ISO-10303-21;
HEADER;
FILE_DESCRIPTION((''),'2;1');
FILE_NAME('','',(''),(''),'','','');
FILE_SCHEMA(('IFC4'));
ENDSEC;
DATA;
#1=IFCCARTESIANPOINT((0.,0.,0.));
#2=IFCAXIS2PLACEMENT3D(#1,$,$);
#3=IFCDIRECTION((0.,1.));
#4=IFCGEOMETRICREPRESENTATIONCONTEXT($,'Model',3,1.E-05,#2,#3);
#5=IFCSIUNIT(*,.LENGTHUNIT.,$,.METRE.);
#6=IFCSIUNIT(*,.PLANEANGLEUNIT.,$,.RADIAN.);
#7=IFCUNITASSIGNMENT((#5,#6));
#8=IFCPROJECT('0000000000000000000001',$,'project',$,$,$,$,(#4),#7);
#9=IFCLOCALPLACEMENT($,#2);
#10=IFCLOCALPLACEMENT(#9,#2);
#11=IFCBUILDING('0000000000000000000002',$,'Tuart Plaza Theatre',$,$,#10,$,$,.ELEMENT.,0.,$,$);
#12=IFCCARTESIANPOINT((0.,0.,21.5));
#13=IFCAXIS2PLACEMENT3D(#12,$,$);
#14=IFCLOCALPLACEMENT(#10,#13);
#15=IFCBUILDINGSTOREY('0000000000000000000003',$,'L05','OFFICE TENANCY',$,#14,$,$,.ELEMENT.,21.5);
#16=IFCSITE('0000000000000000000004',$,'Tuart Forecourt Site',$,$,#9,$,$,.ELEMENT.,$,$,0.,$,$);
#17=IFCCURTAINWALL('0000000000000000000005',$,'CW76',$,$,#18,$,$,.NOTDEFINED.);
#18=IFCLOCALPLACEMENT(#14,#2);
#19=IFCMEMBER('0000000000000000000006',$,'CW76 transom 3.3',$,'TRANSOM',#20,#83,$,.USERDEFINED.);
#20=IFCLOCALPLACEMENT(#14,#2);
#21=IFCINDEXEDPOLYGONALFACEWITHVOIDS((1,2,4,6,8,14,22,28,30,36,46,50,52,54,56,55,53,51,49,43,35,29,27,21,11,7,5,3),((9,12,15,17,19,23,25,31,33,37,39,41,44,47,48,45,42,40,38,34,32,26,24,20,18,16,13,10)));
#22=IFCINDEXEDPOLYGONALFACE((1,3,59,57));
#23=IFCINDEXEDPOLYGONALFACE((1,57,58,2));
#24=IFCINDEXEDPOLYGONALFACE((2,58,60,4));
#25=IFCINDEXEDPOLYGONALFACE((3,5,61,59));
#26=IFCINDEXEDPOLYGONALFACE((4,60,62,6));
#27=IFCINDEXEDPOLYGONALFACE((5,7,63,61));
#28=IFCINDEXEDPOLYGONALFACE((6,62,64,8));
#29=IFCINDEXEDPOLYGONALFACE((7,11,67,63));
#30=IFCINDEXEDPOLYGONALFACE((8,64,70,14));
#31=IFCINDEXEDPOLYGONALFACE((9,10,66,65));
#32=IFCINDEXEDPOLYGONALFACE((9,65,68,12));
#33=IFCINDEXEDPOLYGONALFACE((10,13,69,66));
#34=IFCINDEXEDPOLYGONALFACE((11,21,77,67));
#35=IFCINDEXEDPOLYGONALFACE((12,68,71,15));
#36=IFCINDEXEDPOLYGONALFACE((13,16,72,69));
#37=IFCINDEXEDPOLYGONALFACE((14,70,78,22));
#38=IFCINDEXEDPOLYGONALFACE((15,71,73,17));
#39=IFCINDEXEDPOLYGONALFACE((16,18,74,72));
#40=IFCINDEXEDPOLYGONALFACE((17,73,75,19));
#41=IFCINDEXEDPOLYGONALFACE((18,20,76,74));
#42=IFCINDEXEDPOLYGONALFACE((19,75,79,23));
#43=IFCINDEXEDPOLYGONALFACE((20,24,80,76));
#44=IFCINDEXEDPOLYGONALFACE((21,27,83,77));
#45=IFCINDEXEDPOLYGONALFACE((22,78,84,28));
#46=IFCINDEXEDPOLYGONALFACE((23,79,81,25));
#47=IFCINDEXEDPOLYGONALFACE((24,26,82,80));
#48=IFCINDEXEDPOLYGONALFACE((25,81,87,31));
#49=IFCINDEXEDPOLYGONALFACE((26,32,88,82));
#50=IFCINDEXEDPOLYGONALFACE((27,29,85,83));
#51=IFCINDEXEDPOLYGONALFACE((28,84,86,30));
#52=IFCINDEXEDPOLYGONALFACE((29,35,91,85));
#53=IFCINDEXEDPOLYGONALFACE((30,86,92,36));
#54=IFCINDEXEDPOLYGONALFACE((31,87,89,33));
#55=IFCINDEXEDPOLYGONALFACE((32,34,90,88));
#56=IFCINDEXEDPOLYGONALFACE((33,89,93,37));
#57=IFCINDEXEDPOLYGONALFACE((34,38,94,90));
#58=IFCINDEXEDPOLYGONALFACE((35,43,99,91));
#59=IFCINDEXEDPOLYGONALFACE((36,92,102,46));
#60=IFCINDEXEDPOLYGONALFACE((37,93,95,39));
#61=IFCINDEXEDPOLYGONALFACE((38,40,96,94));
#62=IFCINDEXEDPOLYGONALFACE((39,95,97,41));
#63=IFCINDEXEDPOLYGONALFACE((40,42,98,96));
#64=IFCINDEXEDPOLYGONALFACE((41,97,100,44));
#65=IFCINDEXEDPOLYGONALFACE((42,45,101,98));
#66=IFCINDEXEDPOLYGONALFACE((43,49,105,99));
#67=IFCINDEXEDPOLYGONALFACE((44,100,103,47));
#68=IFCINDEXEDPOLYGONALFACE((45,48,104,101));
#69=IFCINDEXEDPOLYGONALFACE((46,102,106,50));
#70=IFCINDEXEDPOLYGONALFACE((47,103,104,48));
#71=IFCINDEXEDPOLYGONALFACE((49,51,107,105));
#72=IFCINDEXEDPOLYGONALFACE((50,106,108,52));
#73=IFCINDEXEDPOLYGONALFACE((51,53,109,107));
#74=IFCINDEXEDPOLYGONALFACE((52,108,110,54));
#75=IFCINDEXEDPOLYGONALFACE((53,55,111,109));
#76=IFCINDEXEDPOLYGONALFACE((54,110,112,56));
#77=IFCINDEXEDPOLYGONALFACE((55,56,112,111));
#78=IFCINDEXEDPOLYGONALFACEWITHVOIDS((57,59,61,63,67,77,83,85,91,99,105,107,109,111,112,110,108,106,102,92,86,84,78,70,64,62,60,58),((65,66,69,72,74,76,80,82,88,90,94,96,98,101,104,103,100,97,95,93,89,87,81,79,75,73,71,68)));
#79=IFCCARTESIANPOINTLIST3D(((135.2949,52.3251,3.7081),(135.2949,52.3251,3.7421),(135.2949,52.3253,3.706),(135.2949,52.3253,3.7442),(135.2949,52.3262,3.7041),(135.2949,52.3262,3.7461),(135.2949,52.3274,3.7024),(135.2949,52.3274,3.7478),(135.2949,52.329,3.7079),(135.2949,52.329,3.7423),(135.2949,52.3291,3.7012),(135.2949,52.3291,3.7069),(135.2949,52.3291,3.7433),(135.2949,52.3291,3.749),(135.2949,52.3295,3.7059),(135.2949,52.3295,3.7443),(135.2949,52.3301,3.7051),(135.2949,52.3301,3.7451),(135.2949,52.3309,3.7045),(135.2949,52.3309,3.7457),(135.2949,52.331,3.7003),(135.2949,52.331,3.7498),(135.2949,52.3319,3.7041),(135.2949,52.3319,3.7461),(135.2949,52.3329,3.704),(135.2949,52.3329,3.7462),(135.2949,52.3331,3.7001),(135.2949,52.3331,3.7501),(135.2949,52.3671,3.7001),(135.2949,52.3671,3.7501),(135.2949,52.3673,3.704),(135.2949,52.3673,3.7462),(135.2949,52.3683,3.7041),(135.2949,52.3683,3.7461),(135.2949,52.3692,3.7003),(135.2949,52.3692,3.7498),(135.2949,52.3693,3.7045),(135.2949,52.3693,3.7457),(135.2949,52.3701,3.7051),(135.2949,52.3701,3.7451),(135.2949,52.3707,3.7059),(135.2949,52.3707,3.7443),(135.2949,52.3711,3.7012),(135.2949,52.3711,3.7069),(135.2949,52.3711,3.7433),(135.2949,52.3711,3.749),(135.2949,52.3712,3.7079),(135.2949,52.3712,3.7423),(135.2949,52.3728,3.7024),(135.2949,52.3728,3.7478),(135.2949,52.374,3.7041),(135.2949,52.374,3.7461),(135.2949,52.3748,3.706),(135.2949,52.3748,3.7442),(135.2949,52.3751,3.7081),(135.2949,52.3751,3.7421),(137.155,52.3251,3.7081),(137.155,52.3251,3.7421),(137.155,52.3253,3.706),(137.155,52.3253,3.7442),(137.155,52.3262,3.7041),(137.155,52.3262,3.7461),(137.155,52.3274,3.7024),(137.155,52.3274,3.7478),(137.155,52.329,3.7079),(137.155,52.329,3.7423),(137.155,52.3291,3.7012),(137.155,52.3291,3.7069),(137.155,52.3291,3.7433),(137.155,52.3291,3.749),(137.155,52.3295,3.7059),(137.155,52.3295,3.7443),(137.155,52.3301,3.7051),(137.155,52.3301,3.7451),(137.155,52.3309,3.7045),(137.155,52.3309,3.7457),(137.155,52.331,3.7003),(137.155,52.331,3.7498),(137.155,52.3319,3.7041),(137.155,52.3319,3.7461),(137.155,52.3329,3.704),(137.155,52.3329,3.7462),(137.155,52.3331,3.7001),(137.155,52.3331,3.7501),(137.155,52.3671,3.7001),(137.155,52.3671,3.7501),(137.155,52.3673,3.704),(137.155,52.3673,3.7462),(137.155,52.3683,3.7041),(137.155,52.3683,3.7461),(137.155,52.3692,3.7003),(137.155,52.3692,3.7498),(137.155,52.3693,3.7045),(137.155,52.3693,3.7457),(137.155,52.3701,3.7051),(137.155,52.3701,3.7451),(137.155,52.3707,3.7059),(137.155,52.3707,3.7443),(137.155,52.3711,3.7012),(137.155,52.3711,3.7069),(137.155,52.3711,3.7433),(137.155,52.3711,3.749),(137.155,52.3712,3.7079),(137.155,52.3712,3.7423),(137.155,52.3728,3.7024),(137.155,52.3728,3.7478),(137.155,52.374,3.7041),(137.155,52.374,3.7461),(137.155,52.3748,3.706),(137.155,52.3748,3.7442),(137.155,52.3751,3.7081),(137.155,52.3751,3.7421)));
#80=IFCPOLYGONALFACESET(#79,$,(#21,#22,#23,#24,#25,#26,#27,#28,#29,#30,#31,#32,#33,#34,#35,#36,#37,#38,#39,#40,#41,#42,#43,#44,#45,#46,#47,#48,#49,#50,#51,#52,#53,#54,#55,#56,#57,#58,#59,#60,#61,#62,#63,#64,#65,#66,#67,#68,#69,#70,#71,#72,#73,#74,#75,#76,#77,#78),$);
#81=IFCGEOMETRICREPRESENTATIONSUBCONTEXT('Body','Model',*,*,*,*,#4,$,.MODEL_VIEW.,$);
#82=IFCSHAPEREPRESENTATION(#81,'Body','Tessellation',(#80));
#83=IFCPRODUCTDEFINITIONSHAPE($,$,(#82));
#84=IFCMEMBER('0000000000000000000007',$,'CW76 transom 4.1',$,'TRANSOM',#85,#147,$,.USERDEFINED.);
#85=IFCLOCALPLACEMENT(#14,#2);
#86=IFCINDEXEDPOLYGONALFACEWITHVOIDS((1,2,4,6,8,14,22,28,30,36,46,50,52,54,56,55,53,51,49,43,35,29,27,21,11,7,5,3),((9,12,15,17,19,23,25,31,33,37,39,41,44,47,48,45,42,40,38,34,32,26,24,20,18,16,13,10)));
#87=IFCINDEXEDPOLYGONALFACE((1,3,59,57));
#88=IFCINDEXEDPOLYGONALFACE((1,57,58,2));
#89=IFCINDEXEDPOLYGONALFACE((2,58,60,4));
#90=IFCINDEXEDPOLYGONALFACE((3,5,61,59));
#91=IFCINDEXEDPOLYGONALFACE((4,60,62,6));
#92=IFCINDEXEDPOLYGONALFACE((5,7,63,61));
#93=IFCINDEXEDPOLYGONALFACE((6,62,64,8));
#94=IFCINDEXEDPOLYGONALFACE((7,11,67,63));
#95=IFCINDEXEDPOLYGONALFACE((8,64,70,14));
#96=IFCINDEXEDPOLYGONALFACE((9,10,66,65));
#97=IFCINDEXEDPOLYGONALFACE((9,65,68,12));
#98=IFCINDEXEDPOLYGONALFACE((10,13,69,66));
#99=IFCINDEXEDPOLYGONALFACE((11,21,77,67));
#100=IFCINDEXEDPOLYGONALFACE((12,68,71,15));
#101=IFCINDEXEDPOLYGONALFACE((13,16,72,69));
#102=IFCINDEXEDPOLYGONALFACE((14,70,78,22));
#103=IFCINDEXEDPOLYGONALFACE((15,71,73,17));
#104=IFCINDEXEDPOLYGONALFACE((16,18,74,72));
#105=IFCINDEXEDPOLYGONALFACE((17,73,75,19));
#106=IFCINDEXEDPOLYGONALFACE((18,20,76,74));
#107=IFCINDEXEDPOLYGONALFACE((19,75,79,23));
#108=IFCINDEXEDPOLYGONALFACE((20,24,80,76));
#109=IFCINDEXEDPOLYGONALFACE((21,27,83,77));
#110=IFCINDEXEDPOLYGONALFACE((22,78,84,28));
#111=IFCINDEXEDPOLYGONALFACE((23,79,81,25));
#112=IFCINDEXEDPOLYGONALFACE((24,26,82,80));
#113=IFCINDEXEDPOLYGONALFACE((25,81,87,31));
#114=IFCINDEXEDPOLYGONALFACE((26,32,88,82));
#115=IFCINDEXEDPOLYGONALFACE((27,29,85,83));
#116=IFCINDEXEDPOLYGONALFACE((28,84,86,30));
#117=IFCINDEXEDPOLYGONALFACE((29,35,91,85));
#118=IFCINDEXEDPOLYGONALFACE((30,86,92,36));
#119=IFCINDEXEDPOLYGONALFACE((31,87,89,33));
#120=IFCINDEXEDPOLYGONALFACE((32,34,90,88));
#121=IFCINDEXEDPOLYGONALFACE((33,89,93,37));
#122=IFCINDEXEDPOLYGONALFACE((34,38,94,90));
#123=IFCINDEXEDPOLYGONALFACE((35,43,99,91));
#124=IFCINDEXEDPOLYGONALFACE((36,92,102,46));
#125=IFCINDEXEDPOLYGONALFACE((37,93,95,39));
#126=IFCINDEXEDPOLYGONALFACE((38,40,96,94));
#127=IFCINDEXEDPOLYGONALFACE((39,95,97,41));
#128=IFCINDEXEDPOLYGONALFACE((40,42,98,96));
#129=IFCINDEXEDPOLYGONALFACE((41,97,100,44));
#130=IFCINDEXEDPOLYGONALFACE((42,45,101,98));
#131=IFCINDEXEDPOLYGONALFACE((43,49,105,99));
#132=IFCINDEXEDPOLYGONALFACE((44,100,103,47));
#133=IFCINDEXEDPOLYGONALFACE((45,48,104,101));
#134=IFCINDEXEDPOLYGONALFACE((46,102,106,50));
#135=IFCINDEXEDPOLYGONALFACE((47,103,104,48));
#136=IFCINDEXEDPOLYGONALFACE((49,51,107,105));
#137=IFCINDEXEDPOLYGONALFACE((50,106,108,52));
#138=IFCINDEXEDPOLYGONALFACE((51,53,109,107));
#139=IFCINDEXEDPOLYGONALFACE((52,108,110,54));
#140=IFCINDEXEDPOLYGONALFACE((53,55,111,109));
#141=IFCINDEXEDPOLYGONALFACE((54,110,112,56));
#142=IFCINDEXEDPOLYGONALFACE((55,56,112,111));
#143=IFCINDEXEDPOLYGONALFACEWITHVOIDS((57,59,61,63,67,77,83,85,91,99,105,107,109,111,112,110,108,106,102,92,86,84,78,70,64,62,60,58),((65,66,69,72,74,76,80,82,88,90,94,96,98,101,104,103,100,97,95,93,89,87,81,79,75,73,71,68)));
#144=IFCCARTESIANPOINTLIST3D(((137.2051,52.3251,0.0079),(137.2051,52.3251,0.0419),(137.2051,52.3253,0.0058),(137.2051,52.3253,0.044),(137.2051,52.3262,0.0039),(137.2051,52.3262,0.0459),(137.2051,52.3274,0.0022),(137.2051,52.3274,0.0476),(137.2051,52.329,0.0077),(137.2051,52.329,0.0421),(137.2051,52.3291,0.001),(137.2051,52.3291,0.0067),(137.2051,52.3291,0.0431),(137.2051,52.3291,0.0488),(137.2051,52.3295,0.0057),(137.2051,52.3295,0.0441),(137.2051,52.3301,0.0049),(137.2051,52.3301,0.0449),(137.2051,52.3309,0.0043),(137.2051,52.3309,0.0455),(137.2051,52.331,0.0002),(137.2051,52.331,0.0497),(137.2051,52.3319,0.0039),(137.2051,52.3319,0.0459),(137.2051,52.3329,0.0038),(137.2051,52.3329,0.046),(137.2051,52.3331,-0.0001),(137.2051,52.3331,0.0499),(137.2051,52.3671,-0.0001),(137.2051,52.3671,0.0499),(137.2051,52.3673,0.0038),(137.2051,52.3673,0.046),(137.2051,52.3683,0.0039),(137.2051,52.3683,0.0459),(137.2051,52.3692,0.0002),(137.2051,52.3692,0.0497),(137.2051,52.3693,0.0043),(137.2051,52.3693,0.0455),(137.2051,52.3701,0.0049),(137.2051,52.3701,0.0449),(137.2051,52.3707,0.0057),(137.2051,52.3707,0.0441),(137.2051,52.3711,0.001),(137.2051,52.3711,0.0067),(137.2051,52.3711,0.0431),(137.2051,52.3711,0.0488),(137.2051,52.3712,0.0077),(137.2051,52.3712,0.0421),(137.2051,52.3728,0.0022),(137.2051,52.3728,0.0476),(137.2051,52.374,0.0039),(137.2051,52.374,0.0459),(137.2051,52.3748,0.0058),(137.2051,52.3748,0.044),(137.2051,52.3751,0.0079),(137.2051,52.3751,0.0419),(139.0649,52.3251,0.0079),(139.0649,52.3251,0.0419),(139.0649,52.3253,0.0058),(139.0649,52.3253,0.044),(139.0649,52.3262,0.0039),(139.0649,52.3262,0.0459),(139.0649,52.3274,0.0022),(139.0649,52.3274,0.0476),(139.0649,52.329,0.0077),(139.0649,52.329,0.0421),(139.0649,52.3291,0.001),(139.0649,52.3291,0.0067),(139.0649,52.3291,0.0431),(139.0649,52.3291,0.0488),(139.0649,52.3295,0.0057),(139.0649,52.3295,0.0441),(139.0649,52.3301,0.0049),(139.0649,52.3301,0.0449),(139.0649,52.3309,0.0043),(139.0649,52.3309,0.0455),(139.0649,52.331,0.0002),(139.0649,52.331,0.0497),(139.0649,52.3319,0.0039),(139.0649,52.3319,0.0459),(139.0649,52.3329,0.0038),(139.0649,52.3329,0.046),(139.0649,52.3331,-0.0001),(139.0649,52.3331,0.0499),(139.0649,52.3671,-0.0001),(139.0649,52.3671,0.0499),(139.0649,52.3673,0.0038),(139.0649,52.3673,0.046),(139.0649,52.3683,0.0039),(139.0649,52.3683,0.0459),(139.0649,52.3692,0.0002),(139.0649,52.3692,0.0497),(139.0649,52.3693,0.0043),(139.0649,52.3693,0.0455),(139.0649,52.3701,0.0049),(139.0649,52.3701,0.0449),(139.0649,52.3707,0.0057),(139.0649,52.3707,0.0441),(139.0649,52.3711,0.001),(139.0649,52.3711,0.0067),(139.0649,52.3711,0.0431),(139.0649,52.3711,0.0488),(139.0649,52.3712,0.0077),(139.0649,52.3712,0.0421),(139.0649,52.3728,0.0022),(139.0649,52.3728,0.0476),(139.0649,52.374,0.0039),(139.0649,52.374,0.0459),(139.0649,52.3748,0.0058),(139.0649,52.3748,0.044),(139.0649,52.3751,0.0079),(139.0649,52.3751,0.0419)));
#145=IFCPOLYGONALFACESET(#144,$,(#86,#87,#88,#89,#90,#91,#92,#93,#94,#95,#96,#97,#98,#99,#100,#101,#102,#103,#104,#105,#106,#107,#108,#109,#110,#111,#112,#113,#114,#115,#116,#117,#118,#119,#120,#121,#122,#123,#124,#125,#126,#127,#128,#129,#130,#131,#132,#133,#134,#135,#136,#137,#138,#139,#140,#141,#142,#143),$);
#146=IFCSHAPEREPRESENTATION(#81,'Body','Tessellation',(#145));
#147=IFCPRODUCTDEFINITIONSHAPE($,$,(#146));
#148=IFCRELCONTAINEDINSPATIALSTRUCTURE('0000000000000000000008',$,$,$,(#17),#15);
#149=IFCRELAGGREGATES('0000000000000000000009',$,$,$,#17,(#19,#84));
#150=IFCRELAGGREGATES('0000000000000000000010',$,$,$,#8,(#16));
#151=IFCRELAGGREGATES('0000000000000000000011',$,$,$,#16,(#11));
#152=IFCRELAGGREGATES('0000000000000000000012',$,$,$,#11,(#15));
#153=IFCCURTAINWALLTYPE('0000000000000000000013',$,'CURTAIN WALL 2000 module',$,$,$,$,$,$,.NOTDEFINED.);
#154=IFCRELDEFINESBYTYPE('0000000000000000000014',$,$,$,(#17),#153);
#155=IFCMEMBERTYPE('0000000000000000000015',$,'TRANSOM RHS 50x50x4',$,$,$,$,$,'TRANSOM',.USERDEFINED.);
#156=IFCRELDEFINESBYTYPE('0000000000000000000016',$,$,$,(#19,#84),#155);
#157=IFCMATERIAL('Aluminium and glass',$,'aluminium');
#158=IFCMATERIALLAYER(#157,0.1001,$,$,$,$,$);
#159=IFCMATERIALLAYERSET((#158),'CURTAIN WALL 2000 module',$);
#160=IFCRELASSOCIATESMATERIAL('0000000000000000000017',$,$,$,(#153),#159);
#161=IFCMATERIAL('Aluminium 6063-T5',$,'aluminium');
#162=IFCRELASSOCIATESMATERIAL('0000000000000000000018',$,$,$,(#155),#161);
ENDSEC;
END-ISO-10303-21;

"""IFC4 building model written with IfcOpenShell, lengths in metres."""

from ifc_helpers import new_model, si_unit, direction, frame, origin, origin_2d, place, context, subcontext, project, spatial, hollow_rectangle, extrude, material, layer, layer_set, material_profile, profile_set, type_object, element, aggregate, save


model = new_model("IFC4")

# Units and contexts
model_context = context("Model", 3, precision=1e-05, world=origin(), true_north=direction((0.0, 1.0)))
body_context = subcontext(model_context, "Body", "Model", "MODEL_VIEW")
ifc_project = project(units=[si_unit("LENGTHUNIT", "METRE"), si_unit("PLANEANGLEUNIT", "RADIAN")], contexts=[model_context])

# Site, building, storey
site_placement = place(None, origin())
site = spatial("IfcSite", under=ifc_project, at=site_placement, Name="Tuart Forecourt Site", CompositionType="ELEMENT", RefElevation=0.0)
building_placement = place(site_placement, origin())
building = spatial("IfcBuilding", under=site, at=building_placement, Name="Tuart Plaza Theatre", CompositionType="ELEMENT", ElevationOfRefHeight=0.0)
storey_placement = place(building_placement, frame((0.0, 0.0, 21.5)))
storey = spatial("IfcBuildingStorey", under=building, at=storey_placement, Name="L05", Description="OFFICE TENANCY", CompositionType="ELEMENT", Elevation=21.5)

# Curtain wall, members
ifc_material_1 = material(Name="Aluminium and glass", Category="aluminium")
ifc_layer_1 = layer(ifc_material_1, 0.1001)
ifc_layer_set_1 = layer_set([ifc_layer_1], Name="CURTAIN WALL 2000 module")
curtain_wall_type = type_object("IfcCurtainWallType", Name="CURTAIN WALL 2000 module", PredefinedType="NOTDEFINED", material=ifc_layer_set_1)
curtain_wall_placement = place(storey_placement, origin())
curtain_wall = element("IfcCurtainWall", 1, at=curtain_wall_placement, inside=storey, type_object=curtain_wall_type, Name="CW76", PredefinedType="NOTDEFINED")
ifc_material_2 = material(Name="Aluminium 6063-T5", Category="aluminium")
ifc_material_profile_1 = material_profile(ifc_material_2, hollow_rectangle(XDim=0.05, YDim=0.05, WallThickness=0.0039, InnerFilletRadius=0.0039, OuterFilletRadius=0.0081, at=origin_2d()), Name="RHS 50x50x4")
ifc_profile_set_1 = profile_set([ifc_material_profile_1], Name="Aluminium 6063-T5")
member_type_1 = type_object("IfcMemberType", Name="TRANSOM RHS 50x50x4", ElementType="TRANSOM", PredefinedType="USERDEFINED", material=ifc_profile_set_1)
member_1_placement = place(storey_placement, frame((135.2949, 52.3501, 3.7251), z_axis=(1.0, 0.0, 0.0), x_axis=(0.0, 1.0, 0.0)))
member_1 = element("IfcMember", 2, at=member_1_placement, type_object=member_type_1, Name="CW76 transom 3.3", ObjectType="TRANSOM", PredefinedType="USERDEFINED", context=body_context, shape_type="SweptSolid", body=[
    extrude(hollow_rectangle(XDim=0.05, YDim=0.05, WallThickness=0.0039, InnerFilletRadius=0.0039, OuterFilletRadius=0.0081, at=origin_2d()), origin(), (0.0, 0.0, 1.0), 1.8601),
])
member_2_placement = place(storey_placement, frame((137.2051, 52.3501, 0.0249), z_axis=(1.0, 0.0, 0.0), x_axis=(0.0, 1.0, 0.0)))
member_2 = element("IfcMember", 3, at=member_2_placement, type_object=member_type_1, Name="CW76 transom 4.1", ObjectType="TRANSOM", PredefinedType="USERDEFINED", context=body_context, shape_type="SweptSolid", body=[
    extrude(hollow_rectangle(XDim=0.05, YDim=0.05, WallThickness=0.0039, InnerFilletRadius=0.0039, OuterFilletRadius=0.0081, at=origin_2d()), origin(), (0.0, 0.0, 1.0), 1.8599),
])
aggregate(curtain_wall, [member_1, member_2])

save(model, "model.ifc")
